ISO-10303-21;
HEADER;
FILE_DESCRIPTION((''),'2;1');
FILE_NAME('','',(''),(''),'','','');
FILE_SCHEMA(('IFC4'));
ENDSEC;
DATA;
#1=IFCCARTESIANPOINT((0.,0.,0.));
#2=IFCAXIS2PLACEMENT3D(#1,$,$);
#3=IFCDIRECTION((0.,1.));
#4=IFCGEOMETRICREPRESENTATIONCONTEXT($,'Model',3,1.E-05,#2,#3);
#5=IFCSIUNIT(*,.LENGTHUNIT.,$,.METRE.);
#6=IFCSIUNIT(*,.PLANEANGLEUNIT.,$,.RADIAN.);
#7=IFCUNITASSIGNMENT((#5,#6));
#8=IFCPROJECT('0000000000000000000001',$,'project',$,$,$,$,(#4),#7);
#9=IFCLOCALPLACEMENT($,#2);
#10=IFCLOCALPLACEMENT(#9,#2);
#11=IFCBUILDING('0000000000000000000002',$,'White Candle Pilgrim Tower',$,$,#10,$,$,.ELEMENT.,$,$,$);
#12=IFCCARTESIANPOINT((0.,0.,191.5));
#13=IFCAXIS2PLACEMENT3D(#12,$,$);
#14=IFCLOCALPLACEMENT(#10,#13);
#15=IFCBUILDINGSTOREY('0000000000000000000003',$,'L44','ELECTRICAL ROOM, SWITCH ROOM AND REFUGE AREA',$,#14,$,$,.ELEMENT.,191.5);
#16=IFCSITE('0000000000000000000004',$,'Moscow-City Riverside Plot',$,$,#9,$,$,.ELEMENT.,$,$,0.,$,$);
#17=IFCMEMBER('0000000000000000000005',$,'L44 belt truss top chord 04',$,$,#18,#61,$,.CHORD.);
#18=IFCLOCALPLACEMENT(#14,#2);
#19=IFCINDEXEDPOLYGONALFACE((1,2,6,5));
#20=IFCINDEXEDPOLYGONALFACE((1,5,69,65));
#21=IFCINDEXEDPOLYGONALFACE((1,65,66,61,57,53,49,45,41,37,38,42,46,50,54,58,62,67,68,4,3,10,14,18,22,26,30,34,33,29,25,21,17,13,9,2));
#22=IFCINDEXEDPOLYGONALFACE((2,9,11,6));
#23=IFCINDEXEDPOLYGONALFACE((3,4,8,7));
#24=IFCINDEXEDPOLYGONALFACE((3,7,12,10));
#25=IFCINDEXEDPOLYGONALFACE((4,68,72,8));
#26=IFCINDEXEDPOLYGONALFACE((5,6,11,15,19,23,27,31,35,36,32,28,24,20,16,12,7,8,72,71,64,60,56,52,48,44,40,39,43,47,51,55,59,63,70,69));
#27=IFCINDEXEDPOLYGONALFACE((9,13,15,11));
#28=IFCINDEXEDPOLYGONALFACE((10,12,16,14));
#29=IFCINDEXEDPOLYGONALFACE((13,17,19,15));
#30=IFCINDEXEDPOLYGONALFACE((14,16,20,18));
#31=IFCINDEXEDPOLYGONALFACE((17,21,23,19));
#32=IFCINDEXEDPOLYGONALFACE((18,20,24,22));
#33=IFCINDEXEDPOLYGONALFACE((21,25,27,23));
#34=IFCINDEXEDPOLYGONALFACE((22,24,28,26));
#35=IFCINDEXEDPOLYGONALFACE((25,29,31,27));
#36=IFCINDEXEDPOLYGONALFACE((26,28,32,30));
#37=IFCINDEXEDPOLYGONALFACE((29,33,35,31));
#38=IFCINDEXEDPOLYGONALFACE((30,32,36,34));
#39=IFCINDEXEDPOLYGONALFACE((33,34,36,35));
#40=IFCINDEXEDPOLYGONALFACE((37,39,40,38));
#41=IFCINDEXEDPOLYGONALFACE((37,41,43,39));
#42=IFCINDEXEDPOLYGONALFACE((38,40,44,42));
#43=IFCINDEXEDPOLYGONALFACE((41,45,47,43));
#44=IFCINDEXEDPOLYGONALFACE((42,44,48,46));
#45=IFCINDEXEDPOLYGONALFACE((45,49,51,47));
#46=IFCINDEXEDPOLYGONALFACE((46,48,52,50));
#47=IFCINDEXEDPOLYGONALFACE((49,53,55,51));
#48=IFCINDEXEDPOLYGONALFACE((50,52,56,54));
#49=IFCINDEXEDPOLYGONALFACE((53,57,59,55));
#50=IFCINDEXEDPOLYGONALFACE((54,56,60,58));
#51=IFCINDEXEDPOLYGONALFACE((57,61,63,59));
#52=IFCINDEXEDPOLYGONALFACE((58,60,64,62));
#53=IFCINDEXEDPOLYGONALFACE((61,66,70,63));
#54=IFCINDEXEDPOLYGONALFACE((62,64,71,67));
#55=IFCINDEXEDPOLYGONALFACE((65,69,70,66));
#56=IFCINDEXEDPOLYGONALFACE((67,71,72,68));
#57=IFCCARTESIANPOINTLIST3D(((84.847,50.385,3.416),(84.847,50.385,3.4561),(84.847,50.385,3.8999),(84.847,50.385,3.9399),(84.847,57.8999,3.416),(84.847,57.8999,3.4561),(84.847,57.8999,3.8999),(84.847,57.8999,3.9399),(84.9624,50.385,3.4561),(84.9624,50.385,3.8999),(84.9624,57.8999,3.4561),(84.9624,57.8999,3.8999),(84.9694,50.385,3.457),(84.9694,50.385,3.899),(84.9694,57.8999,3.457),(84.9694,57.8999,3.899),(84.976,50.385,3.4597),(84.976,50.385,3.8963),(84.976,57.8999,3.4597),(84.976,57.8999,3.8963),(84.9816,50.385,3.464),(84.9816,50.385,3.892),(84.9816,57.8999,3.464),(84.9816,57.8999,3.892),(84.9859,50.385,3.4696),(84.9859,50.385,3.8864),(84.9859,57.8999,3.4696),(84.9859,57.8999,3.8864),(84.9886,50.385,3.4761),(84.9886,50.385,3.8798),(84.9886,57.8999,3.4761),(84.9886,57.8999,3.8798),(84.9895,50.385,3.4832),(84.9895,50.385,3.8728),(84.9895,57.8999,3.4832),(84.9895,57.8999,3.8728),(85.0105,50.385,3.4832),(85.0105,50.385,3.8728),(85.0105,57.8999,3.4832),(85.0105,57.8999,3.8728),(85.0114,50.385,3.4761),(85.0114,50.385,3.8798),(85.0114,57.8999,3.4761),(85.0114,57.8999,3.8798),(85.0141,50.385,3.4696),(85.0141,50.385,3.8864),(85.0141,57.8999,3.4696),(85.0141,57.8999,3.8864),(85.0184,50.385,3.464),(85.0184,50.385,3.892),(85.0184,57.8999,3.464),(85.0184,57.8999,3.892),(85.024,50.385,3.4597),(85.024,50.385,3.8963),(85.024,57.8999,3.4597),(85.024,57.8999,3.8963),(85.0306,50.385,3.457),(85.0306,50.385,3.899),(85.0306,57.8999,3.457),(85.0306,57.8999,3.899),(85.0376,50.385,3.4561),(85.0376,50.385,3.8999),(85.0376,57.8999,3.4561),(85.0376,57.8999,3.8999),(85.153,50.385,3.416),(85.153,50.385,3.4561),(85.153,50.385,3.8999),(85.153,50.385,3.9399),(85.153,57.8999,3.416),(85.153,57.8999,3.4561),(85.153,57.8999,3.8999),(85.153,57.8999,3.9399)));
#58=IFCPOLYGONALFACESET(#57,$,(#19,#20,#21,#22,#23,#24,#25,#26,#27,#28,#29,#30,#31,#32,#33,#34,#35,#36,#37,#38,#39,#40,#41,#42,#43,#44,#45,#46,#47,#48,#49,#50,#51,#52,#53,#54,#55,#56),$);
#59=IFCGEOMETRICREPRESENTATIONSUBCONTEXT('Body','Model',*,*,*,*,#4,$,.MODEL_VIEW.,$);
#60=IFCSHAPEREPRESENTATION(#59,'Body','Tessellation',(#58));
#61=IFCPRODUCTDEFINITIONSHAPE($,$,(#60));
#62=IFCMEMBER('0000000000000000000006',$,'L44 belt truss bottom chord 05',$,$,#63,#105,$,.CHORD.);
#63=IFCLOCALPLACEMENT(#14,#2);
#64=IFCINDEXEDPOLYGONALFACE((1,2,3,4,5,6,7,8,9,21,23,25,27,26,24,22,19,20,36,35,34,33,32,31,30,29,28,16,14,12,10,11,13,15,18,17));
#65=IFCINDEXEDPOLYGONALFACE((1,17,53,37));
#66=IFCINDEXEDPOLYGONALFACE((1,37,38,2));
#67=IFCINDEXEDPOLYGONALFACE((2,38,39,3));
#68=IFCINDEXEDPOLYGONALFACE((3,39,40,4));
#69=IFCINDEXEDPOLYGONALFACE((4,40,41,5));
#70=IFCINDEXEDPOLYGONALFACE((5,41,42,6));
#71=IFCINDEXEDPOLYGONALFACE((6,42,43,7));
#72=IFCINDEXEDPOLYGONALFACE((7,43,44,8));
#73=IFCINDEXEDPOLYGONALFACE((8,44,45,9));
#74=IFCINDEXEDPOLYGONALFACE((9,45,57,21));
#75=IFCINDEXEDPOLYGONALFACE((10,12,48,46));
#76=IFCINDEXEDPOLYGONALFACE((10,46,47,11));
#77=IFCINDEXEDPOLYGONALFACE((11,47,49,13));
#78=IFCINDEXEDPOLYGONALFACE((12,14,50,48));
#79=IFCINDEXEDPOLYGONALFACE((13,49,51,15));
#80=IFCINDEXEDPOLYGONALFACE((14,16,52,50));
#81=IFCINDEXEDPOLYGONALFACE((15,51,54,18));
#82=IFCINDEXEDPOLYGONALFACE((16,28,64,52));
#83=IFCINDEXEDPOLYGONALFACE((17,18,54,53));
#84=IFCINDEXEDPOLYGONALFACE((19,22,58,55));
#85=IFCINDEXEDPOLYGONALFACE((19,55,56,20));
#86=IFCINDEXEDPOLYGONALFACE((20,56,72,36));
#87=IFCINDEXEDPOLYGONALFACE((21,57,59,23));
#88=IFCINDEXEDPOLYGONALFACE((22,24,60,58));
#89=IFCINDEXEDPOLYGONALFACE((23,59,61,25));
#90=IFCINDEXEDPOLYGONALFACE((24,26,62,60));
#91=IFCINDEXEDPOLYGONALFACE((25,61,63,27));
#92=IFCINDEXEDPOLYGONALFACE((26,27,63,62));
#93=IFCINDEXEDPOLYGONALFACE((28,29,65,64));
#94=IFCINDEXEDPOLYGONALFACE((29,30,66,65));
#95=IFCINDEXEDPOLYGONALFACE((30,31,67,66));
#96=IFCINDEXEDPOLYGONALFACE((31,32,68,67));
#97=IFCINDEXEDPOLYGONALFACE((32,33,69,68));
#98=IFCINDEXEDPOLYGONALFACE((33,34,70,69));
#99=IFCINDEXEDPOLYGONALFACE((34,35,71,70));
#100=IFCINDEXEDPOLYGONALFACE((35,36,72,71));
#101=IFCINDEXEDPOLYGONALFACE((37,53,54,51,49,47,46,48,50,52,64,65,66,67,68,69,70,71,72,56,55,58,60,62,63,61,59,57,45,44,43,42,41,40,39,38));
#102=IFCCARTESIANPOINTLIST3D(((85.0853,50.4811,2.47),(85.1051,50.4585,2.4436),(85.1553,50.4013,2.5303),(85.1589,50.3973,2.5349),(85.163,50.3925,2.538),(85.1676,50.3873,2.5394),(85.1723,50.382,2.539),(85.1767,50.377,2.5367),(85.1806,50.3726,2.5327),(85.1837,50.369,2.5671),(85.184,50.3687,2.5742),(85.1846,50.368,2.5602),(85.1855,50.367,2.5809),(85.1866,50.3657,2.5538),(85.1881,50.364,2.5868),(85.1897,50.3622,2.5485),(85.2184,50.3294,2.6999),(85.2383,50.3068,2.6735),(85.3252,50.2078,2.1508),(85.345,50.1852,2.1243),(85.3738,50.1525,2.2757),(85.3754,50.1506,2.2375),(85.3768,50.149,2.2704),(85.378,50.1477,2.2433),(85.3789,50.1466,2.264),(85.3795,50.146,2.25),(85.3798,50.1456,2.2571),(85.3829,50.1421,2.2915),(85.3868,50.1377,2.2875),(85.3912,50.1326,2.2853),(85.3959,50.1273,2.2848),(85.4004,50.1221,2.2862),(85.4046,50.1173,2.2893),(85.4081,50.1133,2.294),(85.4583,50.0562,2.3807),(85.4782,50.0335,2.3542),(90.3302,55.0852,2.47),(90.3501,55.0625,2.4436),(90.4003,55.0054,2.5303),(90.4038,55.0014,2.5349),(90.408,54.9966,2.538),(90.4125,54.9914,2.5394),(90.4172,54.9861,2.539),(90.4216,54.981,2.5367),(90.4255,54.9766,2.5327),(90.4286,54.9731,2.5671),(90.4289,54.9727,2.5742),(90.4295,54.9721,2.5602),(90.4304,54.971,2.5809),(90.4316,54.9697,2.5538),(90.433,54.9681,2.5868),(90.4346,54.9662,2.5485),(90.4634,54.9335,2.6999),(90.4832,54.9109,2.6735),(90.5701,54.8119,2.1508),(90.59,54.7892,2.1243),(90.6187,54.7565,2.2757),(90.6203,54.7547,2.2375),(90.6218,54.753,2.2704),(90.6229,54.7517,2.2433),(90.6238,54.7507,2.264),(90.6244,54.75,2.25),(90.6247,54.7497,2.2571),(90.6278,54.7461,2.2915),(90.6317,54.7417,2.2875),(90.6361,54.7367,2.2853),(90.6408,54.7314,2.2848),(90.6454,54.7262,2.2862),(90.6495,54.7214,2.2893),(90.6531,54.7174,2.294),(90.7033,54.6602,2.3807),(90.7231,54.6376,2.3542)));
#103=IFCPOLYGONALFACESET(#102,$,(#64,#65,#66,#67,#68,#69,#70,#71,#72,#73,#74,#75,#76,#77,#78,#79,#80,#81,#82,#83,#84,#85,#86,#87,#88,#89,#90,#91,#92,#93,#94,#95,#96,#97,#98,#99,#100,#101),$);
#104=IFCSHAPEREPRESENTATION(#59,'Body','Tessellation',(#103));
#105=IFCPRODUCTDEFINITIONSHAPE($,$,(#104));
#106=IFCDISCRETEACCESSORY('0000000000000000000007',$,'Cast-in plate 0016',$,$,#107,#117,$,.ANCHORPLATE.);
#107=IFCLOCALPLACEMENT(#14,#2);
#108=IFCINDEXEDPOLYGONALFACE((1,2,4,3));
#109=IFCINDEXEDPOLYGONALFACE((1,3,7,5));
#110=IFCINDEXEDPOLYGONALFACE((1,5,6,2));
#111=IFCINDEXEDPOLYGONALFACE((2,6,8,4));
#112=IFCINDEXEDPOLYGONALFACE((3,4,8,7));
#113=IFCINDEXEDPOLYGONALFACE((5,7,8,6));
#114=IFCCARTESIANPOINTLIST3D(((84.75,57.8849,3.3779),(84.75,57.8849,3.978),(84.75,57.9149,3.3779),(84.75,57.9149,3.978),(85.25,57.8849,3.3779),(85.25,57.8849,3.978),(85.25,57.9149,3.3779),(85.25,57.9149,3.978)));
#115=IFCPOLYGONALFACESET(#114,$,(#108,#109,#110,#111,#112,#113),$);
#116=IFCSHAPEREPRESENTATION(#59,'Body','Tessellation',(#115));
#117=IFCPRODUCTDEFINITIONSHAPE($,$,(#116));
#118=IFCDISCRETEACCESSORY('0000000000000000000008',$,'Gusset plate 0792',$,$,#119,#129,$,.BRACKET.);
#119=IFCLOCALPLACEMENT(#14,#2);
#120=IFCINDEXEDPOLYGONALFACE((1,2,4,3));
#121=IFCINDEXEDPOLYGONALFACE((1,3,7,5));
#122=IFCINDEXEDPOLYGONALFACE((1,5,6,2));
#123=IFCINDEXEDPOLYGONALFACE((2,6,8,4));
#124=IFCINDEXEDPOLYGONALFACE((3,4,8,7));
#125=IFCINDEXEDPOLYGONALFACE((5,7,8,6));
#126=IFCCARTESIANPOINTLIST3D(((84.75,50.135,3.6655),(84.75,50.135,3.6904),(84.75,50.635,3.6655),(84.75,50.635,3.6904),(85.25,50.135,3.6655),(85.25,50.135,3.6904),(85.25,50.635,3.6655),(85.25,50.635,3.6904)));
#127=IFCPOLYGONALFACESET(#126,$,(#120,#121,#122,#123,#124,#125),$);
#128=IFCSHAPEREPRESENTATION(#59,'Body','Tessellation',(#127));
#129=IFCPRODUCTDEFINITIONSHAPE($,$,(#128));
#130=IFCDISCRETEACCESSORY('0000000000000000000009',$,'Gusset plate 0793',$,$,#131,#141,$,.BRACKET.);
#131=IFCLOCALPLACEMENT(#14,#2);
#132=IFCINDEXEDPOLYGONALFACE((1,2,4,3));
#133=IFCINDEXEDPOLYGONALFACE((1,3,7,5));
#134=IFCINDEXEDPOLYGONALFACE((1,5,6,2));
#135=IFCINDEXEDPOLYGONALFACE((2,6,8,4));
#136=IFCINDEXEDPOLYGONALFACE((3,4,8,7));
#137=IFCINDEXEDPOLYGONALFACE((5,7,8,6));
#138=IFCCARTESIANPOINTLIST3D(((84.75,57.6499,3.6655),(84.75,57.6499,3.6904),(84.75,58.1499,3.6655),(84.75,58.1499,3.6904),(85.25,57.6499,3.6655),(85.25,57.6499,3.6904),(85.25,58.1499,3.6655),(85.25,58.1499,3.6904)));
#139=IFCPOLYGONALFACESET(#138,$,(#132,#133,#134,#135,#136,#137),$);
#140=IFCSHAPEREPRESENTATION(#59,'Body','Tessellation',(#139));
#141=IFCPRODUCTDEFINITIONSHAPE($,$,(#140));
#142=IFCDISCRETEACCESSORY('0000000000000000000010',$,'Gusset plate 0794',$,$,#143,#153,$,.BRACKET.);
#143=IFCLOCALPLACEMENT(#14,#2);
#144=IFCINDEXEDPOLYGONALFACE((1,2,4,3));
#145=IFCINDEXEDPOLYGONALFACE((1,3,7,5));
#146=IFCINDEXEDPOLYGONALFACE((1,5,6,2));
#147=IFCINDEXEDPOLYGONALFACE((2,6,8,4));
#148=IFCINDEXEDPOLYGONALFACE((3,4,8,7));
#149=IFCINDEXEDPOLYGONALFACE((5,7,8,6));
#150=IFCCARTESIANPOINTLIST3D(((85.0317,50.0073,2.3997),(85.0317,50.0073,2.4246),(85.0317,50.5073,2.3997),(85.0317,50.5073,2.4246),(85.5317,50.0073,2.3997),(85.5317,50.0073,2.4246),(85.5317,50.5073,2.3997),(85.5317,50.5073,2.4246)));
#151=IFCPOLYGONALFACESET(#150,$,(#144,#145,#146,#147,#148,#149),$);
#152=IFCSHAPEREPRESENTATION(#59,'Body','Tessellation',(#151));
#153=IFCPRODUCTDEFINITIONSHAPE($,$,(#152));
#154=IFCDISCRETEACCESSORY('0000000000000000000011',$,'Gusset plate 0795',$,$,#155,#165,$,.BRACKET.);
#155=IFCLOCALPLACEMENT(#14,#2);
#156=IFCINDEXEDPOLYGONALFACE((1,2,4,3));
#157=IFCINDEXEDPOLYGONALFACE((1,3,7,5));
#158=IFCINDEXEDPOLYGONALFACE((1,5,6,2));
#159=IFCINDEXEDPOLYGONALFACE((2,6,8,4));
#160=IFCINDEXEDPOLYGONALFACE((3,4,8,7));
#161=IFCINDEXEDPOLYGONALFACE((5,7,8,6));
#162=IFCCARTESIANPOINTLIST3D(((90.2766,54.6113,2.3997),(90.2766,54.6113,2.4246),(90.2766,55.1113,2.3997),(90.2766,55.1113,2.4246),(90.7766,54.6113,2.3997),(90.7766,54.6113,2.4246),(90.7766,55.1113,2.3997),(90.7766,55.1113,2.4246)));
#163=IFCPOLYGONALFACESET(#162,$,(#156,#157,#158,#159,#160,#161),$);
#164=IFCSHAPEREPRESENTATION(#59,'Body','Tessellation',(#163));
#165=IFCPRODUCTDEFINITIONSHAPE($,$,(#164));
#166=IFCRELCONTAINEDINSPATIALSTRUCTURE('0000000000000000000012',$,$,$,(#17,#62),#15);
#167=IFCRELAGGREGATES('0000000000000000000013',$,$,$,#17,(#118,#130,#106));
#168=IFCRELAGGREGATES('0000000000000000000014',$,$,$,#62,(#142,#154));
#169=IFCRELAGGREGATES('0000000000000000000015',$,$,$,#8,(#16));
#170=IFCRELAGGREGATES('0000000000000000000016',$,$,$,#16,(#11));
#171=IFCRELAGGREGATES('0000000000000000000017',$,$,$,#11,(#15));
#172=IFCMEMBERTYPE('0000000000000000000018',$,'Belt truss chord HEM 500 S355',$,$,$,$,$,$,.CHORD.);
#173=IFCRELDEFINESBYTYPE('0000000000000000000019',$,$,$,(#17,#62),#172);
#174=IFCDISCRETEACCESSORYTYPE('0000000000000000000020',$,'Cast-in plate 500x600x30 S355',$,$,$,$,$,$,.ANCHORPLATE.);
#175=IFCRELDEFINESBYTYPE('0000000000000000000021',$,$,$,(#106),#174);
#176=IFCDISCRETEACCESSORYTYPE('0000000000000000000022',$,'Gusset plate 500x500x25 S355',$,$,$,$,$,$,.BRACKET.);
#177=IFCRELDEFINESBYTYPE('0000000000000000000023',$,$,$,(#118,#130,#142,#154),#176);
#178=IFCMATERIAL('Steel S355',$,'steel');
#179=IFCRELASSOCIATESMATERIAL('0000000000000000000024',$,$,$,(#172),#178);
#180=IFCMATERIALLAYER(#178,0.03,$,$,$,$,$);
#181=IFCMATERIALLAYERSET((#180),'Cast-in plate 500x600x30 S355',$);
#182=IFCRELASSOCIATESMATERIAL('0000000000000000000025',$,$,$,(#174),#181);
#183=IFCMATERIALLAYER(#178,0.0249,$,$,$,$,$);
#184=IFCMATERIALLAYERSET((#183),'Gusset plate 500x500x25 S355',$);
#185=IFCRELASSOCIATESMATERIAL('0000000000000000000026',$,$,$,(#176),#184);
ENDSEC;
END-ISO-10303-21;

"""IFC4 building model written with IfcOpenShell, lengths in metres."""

from ifc_helpers import new_model, si_unit, direction, frame, origin, origin_2d, place, context, subcontext, project, spatial, rectangle, i_section, extrude, material, layer, layer_set, material_profile, profile_set, type_object, element, aggregate, save


model = new_model("IFC4")

# Units and contexts
model_context = context("Model", 3, precision=1e-05, world=origin(), true_north=direction((0.0, 1.0)))
body_context = subcontext(model_context, "Body", "Model", "MODEL_VIEW")
ifc_project = project(units=[si_unit("LENGTHUNIT", "METRE"), si_unit("PLANEANGLEUNIT", "RADIAN")], contexts=[model_context])

# Site, building, storey
site_placement = place(None, origin())
site = spatial("IfcSite", under=ifc_project, at=site_placement, Name="Moscow-City Riverside Plot", CompositionType="ELEMENT", RefElevation=0.0)
building_placement = place(site_placement, origin())
building = spatial("IfcBuilding", under=site, at=building_placement, Name="White Candle Pilgrim Tower", CompositionType="ELEMENT")
storey_placement = place(building_placement, frame((0.0, 0.0, 191.5)))
storey = spatial("IfcBuildingStorey", under=building, at=storey_placement, Name="L44", Description="ELECTRICAL ROOM, SWITCH ROOM AND REFUGE AREA", CompositionType="ELEMENT", Elevation=191.5)

# Members
ifc_material_1 = material(Name="Steel S355", Category="steel")
ifc_material_profile_1 = material_profile(ifc_material_1, i_section(OverallWidth=0.3059, OverallDepth=0.5239, WebThickness=0.021, FlangeThickness=0.04, FilletRadius=0.0271, at=origin_2d()), Name="HEM 500")
ifc_profile_set_1 = profile_set([ifc_material_profile_1], Name="Steel S355")
member_type_1 = type_object("IfcMemberType", Name="Belt truss chord HEM 500 S355", PredefinedType="CHORD", material=ifc_profile_set_1)
member_1_placement = place(storey_placement, frame((85.0, 50.385, 3.678), z_axis=(0.0, 1.0, 0.0), x_axis=(1.0, 0.0, 0.0)))
member_1 = element("IfcMember", 1, at=member_1_placement, inside=storey, type_object=member_type_1, Name="L44 belt truss top chord 04", PredefinedType="CHORD", context=body_context, shape_type="SweptSolid", body=[
    extrude(i_section(OverallWidth=0.3059, OverallDepth=0.5239, WebThickness=0.021, FlangeThickness=0.04, FilletRadius=0.0271, at=origin_2d()), origin(), (0.0, 0.0, 1.0), 7.5149),
])
member_2_placement = place(storey_placement, frame((85.2817, 50.2573, 2.4121), z_axis=(0.751529, 0.6597, 0.0), x_axis=(0.435202, -0.495781, 0.751532)))
member_2 = element("IfcMember", 2, at=member_2_placement, inside=storey, type_object=member_type_1, Name="L44 belt truss bottom chord 05", PredefinedType="CHORD", context=body_context, shape_type="SweptSolid", body=[
    extrude(i_section(OverallWidth=0.3059, OverallDepth=0.5239, WebThickness=0.021, FlangeThickness=0.04, FilletRadius=0.0271, at=origin_2d()), origin(), (0.0, 0.0, 1.0), 6.979),
])

# Discrete accessories
ifc_layer_1 = layer(ifc_material_1, 0.03)
ifc_layer_set_1 = layer_set([ifc_layer_1], Name="Cast-in plate 500x600x30 S355")
discrete_accessory_type_1 = type_object("IfcDiscreteAccessoryType", Name="Cast-in plate 500x600x30 S355", PredefinedType="ANCHORPLATE", material=ifc_layer_set_1)
discrete_accessory_1_placement = place(storey_placement, frame((85.0, 57.8999, 3.3779), z_axis=(0.0, 0.0, 1.0), x_axis=(0.0, -1.0, 0.0)))
discrete_accessory_1 = element("IfcDiscreteAccessory", 3, at=discrete_accessory_1_placement, type_object=discrete_accessory_type_1, Name="Cast-in plate 0016", PredefinedType="ANCHORPLATE", context=body_context, shape_type="SweptSolid", body=[
    extrude(rectangle(XDim=0.03, YDim=0.5, at=origin_2d()), origin(), (0.0, 0.0, 1.0), 0.6001),
])
ifc_layer_2 = layer(ifc_material_1, 0.0249)
ifc_layer_set_2 = layer_set([ifc_layer_2], Name="Gusset plate 500x500x25 S355")
discrete_accessory_type_2 = type_object("IfcDiscreteAccessoryType", Name="Gusset plate 500x500x25 S355", PredefinedType="BRACKET", material=ifc_layer_set_2)
discrete_accessory_2_placement = place(storey_placement, frame((85.0, 50.385, 3.6655), z_axis=(0.0, 0.0, 1.0), x_axis=(1.0, 0.0, 0.0)))
discrete_accessory_2 = element("IfcDiscreteAccessory", 4, at=discrete_accessory_2_placement, type_object=discrete_accessory_type_2, Name="Gusset plate 0792", PredefinedType="BRACKET", context=body_context, shape_type="SweptSolid", body=[
    extrude(rectangle(XDim=0.5, YDim=0.5, at=origin_2d()), origin(), (0.0, 0.0, 1.0), 0.0249),
])
discrete_accessory_3_placement = place(storey_placement, frame((85.0, 57.8999, 3.6655), z_axis=(0.0, 0.0, 1.0), x_axis=(1.0, 0.0, 0.0)))
discrete_accessory_3 = element("IfcDiscreteAccessory", 5, at=discrete_accessory_3_placement, type_object=discrete_accessory_type_2, Name="Gusset plate 0793", PredefinedType="BRACKET", context=body_context, shape_type="SweptSolid", body=[
    extrude(rectangle(XDim=0.5, YDim=0.5, at=origin_2d()), origin(), (0.0, 0.0, 1.0), 0.0249),
])
aggregate(member_1, [discrete_accessory_2, discrete_accessory_3, discrete_accessory_1])
discrete_accessory_4_placement = place(storey_placement, frame((85.2817, 50.2573, 2.3997), z_axis=(0.0, 0.0, 1.0), x_axis=(1.0, 0.0, 0.0)))
discrete_accessory_4 = element("IfcDiscreteAccessory", 6, at=discrete_accessory_4_placement, type_object=discrete_accessory_type_2, Name="Gusset plate 0794", PredefinedType="BRACKET", context=body_context, shape_type="SweptSolid", body=[
    extrude(rectangle(XDim=0.5, YDim=0.5, at=origin_2d()), origin(), (0.0, 0.0, 1.0), 0.0249),
])
discrete_accessory_5_placement = place(storey_placement, frame((90.5266, 54.8613, 2.3997), z_axis=(0.0, 0.0, 1.0), x_axis=(1.0, 0.0, 0.0)))
discrete_accessory_5 = element("IfcDiscreteAccessory", 7, at=discrete_accessory_5_placement, type_object=discrete_accessory_type_2, Name="Gusset plate 0795", PredefinedType="BRACKET", context=body_context, shape_type="SweptSolid", body=[
    extrude(rectangle(XDim=0.5, YDim=0.5, at=origin_2d()), origin(), (0.0, 0.0, 1.0), 0.0249),
])
aggregate(member_2, [discrete_accessory_4, discrete_accessory_5])

save(model, "model.ifc")
